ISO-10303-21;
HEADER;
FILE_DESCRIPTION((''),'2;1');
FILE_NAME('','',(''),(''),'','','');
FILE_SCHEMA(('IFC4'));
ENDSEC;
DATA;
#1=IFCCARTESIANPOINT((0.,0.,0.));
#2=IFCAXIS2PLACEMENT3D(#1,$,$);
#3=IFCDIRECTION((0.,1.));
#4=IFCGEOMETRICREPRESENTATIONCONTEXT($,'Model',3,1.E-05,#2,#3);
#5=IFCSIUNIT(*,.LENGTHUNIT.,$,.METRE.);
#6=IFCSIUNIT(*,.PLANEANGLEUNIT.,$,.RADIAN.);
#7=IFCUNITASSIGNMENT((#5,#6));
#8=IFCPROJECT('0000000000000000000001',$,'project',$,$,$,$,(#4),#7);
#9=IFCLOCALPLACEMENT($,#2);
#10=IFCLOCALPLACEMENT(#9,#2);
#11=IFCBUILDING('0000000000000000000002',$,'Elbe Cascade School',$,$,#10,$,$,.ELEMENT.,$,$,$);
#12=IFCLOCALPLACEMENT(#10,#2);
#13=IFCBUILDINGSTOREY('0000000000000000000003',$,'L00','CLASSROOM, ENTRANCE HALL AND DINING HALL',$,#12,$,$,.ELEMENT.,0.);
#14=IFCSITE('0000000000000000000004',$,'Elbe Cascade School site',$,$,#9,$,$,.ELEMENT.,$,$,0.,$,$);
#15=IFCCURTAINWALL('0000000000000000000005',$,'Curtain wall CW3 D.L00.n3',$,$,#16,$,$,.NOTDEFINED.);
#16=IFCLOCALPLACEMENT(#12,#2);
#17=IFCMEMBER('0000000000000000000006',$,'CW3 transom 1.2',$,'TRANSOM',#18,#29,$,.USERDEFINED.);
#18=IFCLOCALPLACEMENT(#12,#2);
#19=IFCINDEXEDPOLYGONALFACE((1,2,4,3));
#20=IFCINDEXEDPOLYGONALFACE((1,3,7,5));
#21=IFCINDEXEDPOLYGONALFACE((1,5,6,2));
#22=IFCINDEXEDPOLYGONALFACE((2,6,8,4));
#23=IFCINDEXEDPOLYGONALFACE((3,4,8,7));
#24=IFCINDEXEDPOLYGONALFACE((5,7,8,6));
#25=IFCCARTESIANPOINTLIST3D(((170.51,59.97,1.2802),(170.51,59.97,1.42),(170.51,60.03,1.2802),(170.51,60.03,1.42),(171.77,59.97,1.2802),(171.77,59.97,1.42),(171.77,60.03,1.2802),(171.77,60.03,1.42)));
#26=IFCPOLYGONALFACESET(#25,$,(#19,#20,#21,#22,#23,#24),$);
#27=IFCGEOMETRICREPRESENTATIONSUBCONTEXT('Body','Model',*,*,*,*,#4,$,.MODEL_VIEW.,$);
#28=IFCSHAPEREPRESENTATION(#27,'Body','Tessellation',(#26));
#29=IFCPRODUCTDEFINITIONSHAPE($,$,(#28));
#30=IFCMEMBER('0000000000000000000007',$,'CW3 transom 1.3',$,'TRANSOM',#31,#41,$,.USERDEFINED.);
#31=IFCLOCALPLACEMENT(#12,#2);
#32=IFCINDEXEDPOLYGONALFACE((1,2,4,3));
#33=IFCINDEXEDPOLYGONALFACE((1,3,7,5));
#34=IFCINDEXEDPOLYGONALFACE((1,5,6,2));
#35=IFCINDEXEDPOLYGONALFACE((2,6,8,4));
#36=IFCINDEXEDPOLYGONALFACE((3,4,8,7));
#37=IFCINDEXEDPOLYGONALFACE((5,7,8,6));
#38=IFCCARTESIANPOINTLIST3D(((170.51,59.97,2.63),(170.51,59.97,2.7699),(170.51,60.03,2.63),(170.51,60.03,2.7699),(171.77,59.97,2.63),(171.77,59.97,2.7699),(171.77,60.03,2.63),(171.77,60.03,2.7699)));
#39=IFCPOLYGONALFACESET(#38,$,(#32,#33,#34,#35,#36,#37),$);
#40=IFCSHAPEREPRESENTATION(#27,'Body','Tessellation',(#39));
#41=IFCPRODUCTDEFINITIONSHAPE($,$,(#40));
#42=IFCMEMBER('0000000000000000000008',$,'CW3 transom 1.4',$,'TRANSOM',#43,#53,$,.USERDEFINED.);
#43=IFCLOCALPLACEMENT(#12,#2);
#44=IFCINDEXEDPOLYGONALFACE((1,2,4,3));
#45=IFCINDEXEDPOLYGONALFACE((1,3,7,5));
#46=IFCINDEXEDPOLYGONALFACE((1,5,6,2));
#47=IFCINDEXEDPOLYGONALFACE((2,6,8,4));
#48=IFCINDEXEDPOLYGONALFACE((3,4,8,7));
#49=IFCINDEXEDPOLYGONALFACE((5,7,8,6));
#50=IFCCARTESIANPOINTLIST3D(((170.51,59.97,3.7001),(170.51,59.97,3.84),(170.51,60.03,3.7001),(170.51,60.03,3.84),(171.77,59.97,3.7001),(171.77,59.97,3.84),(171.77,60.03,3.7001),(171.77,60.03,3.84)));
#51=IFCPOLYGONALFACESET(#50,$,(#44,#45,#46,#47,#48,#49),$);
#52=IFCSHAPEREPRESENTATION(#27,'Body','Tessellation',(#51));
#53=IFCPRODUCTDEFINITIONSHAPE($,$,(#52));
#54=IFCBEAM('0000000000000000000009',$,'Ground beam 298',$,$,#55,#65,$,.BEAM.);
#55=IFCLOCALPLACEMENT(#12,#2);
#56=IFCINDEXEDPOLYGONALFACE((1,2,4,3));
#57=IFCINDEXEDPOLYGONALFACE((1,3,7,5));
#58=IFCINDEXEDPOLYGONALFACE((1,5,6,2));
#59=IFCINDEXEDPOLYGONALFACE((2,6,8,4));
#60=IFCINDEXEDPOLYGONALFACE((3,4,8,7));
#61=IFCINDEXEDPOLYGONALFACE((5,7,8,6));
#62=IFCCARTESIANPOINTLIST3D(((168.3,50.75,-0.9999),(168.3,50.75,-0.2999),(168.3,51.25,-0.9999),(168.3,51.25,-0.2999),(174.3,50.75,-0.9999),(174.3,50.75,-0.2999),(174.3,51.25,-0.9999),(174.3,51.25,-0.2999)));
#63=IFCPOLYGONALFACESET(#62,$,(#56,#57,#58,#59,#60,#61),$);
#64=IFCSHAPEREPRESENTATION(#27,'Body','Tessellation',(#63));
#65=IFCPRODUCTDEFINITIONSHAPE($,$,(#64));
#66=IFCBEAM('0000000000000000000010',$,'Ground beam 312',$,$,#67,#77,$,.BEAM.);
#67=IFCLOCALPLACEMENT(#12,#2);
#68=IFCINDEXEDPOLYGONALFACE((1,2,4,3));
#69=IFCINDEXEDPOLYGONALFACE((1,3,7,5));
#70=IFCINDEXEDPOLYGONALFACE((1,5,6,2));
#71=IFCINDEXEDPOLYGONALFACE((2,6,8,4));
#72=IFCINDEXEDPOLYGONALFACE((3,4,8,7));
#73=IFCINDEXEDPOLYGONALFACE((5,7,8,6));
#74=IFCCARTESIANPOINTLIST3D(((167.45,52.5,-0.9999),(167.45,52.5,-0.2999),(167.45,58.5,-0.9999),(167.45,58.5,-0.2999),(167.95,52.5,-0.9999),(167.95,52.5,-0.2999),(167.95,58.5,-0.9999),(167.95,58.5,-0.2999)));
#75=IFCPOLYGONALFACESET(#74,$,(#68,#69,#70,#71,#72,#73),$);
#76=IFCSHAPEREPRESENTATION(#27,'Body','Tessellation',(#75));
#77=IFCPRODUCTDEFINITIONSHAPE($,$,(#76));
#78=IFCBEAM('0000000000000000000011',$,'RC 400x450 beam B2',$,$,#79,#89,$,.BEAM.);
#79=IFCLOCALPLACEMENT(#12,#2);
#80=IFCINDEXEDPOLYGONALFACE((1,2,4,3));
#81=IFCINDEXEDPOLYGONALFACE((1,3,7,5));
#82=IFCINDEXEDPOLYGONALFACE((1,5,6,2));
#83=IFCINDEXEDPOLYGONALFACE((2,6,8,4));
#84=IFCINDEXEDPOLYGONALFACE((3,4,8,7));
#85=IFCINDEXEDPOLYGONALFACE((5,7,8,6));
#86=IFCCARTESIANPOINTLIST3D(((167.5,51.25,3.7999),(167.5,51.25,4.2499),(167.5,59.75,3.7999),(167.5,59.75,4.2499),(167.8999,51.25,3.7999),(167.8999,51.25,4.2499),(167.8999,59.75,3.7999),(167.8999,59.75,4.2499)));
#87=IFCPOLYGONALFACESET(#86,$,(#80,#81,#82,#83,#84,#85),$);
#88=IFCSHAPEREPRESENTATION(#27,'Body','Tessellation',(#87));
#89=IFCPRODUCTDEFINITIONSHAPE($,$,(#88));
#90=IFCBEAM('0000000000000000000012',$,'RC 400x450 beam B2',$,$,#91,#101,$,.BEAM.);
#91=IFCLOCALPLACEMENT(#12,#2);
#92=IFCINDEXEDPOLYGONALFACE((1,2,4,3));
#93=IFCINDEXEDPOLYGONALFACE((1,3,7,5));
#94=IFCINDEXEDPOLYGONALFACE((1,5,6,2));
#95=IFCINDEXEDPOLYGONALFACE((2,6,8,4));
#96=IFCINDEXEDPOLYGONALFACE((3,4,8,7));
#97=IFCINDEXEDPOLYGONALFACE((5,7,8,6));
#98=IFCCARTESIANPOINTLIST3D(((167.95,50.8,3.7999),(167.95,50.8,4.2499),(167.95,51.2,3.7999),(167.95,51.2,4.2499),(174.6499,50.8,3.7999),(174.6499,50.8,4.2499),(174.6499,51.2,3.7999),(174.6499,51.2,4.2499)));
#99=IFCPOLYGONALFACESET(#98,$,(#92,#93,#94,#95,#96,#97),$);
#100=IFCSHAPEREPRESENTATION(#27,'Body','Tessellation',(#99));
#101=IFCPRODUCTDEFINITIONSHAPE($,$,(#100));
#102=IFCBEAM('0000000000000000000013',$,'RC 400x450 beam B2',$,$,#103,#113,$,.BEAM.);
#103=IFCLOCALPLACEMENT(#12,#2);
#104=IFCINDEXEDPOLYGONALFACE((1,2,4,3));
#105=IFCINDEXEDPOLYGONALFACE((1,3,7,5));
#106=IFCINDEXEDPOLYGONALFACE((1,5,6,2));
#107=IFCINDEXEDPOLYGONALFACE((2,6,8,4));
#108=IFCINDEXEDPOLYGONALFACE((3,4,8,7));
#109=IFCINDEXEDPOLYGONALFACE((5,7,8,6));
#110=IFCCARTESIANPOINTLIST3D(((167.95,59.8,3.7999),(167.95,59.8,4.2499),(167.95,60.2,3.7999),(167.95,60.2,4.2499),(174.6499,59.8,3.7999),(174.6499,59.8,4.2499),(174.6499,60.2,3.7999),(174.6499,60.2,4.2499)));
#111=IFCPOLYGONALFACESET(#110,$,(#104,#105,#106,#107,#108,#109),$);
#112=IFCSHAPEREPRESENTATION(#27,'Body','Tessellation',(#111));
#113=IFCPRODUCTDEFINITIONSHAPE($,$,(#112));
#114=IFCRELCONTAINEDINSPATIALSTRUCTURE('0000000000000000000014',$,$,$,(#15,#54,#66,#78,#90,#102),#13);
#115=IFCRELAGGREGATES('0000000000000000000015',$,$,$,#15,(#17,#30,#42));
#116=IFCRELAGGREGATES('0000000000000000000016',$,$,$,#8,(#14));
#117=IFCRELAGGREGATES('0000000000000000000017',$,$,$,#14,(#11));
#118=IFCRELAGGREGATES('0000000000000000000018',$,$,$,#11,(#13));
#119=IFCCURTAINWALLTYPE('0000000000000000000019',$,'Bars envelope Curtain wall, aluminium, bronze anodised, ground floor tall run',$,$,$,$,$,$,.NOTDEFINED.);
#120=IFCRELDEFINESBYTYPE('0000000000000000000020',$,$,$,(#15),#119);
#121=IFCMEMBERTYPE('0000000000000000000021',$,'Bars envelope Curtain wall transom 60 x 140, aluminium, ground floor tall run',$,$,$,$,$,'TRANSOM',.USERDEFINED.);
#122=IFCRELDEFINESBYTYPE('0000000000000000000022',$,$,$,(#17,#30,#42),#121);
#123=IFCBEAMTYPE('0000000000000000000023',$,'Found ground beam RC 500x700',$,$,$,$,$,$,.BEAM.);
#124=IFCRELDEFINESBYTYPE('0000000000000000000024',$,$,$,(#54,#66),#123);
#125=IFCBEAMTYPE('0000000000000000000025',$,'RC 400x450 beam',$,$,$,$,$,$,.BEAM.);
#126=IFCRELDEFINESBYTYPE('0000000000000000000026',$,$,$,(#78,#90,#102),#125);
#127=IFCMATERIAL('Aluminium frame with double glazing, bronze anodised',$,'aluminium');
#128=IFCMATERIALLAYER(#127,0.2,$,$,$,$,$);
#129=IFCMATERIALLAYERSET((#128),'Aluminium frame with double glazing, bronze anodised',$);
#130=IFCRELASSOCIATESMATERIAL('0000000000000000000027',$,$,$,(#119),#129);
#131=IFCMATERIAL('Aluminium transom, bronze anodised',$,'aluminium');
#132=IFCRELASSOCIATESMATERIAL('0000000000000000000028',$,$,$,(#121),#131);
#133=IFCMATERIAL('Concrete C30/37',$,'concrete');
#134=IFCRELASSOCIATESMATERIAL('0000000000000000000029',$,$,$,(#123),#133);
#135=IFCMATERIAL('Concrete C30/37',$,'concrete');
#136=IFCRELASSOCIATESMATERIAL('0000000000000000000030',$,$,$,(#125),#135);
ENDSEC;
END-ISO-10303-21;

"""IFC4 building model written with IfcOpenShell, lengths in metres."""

from ifc_helpers import new_model, si_unit, direction, frame, origin, origin_2d, place, context, subcontext, project, spatial, rectangle, extrude, material, layer, layer_set, material_profile, profile_set, type_object, element, aggregate, save


model = new_model("IFC4")

# Units and contexts
model_context = context("Model", 3, precision=1e-05, world=origin(), true_north=direction((0.0, 1.0)))
body_context = subcontext(model_context, "Body", "Model", "MODEL_VIEW")
ifc_project = project(units=[si_unit("LENGTHUNIT", "METRE"), si_unit("PLANEANGLEUNIT", "RADIAN")], contexts=[model_context])

# Site, building, storey
site_placement = place(None, origin())
site = spatial("IfcSite", under=ifc_project, at=site_placement, Name="Elbe Cascade School site", CompositionType="ELEMENT", RefElevation=0.0)
building_placement = place(site_placement, origin())
building = spatial("IfcBuilding", under=site, at=building_placement, Name="Elbe Cascade School", CompositionType="ELEMENT")
storey_placement = place(building_placement, origin())
storey = spatial("IfcBuildingStorey", under=building, at=storey_placement, Name="L00", Description="CLASSROOM, ENTRANCE HALL AND DINING HALL", CompositionType="ELEMENT", Elevation=0.0)

# Curtain wall, members
ifc_material_1 = material(Name="Aluminium frame with double glazing, bronze anodised", Category="aluminium")
ifc_layer_1 = layer(ifc_material_1, 0.2)
ifc_layer_set_1 = layer_set([ifc_layer_1], Name="Aluminium frame with double glazing, bronze anodised")
curtain_wall_type = type_object("IfcCurtainWallType", Name="Bars envelope Curtain wall, aluminium, bronze anodised, ground floor tall run", PredefinedType="NOTDEFINED", material=ifc_layer_set_1)
curtain_wall_placement = place(storey_placement, origin())
curtain_wall = element("IfcCurtainWall", 1, at=curtain_wall_placement, inside=storey, type_object=curtain_wall_type, Name="Curtain wall CW3 D.L00.n3", PredefinedType="NOTDEFINED")
ifc_material_2 = material(Name="Aluminium transom, bronze anodised", Category="aluminium")
ifc_material_profile_1 = material_profile(ifc_material_2, rectangle(XDim=0.0601, YDim=0.1399, at=origin_2d()), Name="Bars envelope Curtain wall transom 60 x 140, aluminium, ground floor tall run")
ifc_profile_set_1 = profile_set([ifc_material_profile_1], Name="Aluminium transom, bronze anodised")
member_type_1 = type_object("IfcMemberType", Name="Bars envelope Curtain wall transom 60 x 140, aluminium, ground floor tall run", ElementType="TRANSOM", PredefinedType="USERDEFINED", material=ifc_profile_set_1)
member_1_placement = place(storey_placement, frame((170.51, 60.0, 1.3501), z_axis=(1.0, 0.0, 0.0), x_axis=(0.0, 1.0, 0.0)))
member_1 = element("IfcMember", 2, at=member_1_placement, type_object=member_type_1, Name="CW3 transom 1.2", ObjectType="TRANSOM", PredefinedType="USERDEFINED", context=body_context, shape_type="SweptSolid", body=[
    extrude(rectangle(XDim=0.0601, YDim=0.1399, at=origin_2d()), origin(), (0.0, 0.0, 1.0), 1.26),
])
member_2_placement = place(storey_placement, frame((170.51, 60.0, 2.7), z_axis=(1.0, 0.0, 0.0), x_axis=(0.0, 1.0, 0.0)))
member_2 = element("IfcMember", 3, at=member_2_placement, type_object=member_type_1, Name="CW3 transom 1.3", ObjectType="TRANSOM", PredefinedType="USERDEFINED", context=body_context, shape_type="SweptSolid", body=[
    extrude(rectangle(XDim=0.0601, YDim=0.1399, at=origin_2d()), origin(), (0.0, 0.0, 1.0), 1.26),
])
member_3_placement = place(storey_placement, frame((170.51, 60.0, 3.77), z_axis=(1.0, 0.0, 0.0), x_axis=(0.0, 1.0, 0.0)))
member_3 = element("IfcMember", 4, at=member_3_placement, type_object=member_type_1, Name="CW3 transom 1.4", ObjectType="TRANSOM", PredefinedType="USERDEFINED", context=body_context, shape_type="SweptSolid", body=[
    extrude(rectangle(XDim=0.0601, YDim=0.1399, at=origin_2d()), origin(), (0.0, 0.0, 1.0), 1.26),
])
aggregate(curtain_wall, [member_1, member_2, member_3])

# Beams
ifc_material_3 = material(Name="Concrete C30/37", Category="concrete")
ifc_material_profile_2 = material_profile(ifc_material_3, rectangle(XDim=0.5, YDim=0.7, at=origin_2d()), Name="RC 500x700")
ifc_profile_set_2 = profile_set([ifc_material_profile_2], Name="Concrete C30/37")
beam_type_1 = type_object("IfcBeamType", Name="Found ground beam RC 500x700", PredefinedType="BEAM", material=ifc_profile_set_2)
for number, where, z_axis, x_axis, name in (
    (5, (168.3, 51.0, -0.6499), (1.0, 0.0, 0.0), (0.0, 1.0, 0.0), "Ground beam 298"),
    (6, (167.7, 52.5, -0.6499), (0.0, 1.0, 0.0), (-1.0, 0.0, 0.0), "Ground beam 312"),
):
    element("IfcBeam", number, at=place(storey_placement, frame(where, z_axis=z_axis, x_axis=x_axis)), inside=storey, type_object=beam_type_1, Name=name, PredefinedType="BEAM", context=body_context, shape_type="SweptSolid", body=[
        extrude(rectangle(XDim=0.5, YDim=0.7, at=origin_2d()), origin(), (0.0, 0.0, 1.0), 6.0),
    ])
ifc_material_4 = material(Name="Concrete C30/37", Category="concrete")
ifc_material_profile_3 = material_profile(ifc_material_4, rectangle(XDim=0.3999, YDim=0.45, at=origin_2d()), Name="RC 400x450")
ifc_profile_set_3 = profile_set([ifc_material_profile_3], Name="Concrete C30/37")
beam_type_2 = type_object("IfcBeamType", Name="RC 400x450 beam", PredefinedType="BEAM", material=ifc_profile_set_3)
beam_placement = place(storey_placement, frame((167.7, 51.25, 4.0249), z_axis=(0.0, 1.0, 0.0), x_axis=(-1.0, 0.0, 0.0)))
element("IfcBeam", 7, at=beam_placement, inside=storey, type_object=beam_type_2, Name="RC 400x450 beam B2", PredefinedType="BEAM", context=body_context, shape_type="SweptSolid", body=[
    extrude(rectangle(XDim=0.3999, YDim=0.45, at=origin_2d()), origin(), (0.0, 0.0, 1.0), 8.5),
])
for number, where, z_axis, x_axis, name in (
    (8, (167.95, 51.0, 4.0249), (1.0, 0.0, 0.0), (0.0, 1.0, 0.0), "RC 400x450 beam B2"),
    (9, (167.95, 60.0, 4.0249), (1.0, 0.0, 0.0), (0.0, 1.0, 0.0), "RC 400x450 beam B2"),
):
    element("IfcBeam", number, at=place(storey_placement, frame(where, z_axis=z_axis, x_axis=x_axis)), inside=storey, type_object=beam_type_2, Name=name, PredefinedType="BEAM", context=body_context, shape_type="SweptSolid", body=[
        extrude(rectangle(XDim=0.3999, YDim=0.45, at=origin_2d()), origin(), (0.0, 0.0, 1.0), 6.7),
    ])

save(model, "model.ifc")
